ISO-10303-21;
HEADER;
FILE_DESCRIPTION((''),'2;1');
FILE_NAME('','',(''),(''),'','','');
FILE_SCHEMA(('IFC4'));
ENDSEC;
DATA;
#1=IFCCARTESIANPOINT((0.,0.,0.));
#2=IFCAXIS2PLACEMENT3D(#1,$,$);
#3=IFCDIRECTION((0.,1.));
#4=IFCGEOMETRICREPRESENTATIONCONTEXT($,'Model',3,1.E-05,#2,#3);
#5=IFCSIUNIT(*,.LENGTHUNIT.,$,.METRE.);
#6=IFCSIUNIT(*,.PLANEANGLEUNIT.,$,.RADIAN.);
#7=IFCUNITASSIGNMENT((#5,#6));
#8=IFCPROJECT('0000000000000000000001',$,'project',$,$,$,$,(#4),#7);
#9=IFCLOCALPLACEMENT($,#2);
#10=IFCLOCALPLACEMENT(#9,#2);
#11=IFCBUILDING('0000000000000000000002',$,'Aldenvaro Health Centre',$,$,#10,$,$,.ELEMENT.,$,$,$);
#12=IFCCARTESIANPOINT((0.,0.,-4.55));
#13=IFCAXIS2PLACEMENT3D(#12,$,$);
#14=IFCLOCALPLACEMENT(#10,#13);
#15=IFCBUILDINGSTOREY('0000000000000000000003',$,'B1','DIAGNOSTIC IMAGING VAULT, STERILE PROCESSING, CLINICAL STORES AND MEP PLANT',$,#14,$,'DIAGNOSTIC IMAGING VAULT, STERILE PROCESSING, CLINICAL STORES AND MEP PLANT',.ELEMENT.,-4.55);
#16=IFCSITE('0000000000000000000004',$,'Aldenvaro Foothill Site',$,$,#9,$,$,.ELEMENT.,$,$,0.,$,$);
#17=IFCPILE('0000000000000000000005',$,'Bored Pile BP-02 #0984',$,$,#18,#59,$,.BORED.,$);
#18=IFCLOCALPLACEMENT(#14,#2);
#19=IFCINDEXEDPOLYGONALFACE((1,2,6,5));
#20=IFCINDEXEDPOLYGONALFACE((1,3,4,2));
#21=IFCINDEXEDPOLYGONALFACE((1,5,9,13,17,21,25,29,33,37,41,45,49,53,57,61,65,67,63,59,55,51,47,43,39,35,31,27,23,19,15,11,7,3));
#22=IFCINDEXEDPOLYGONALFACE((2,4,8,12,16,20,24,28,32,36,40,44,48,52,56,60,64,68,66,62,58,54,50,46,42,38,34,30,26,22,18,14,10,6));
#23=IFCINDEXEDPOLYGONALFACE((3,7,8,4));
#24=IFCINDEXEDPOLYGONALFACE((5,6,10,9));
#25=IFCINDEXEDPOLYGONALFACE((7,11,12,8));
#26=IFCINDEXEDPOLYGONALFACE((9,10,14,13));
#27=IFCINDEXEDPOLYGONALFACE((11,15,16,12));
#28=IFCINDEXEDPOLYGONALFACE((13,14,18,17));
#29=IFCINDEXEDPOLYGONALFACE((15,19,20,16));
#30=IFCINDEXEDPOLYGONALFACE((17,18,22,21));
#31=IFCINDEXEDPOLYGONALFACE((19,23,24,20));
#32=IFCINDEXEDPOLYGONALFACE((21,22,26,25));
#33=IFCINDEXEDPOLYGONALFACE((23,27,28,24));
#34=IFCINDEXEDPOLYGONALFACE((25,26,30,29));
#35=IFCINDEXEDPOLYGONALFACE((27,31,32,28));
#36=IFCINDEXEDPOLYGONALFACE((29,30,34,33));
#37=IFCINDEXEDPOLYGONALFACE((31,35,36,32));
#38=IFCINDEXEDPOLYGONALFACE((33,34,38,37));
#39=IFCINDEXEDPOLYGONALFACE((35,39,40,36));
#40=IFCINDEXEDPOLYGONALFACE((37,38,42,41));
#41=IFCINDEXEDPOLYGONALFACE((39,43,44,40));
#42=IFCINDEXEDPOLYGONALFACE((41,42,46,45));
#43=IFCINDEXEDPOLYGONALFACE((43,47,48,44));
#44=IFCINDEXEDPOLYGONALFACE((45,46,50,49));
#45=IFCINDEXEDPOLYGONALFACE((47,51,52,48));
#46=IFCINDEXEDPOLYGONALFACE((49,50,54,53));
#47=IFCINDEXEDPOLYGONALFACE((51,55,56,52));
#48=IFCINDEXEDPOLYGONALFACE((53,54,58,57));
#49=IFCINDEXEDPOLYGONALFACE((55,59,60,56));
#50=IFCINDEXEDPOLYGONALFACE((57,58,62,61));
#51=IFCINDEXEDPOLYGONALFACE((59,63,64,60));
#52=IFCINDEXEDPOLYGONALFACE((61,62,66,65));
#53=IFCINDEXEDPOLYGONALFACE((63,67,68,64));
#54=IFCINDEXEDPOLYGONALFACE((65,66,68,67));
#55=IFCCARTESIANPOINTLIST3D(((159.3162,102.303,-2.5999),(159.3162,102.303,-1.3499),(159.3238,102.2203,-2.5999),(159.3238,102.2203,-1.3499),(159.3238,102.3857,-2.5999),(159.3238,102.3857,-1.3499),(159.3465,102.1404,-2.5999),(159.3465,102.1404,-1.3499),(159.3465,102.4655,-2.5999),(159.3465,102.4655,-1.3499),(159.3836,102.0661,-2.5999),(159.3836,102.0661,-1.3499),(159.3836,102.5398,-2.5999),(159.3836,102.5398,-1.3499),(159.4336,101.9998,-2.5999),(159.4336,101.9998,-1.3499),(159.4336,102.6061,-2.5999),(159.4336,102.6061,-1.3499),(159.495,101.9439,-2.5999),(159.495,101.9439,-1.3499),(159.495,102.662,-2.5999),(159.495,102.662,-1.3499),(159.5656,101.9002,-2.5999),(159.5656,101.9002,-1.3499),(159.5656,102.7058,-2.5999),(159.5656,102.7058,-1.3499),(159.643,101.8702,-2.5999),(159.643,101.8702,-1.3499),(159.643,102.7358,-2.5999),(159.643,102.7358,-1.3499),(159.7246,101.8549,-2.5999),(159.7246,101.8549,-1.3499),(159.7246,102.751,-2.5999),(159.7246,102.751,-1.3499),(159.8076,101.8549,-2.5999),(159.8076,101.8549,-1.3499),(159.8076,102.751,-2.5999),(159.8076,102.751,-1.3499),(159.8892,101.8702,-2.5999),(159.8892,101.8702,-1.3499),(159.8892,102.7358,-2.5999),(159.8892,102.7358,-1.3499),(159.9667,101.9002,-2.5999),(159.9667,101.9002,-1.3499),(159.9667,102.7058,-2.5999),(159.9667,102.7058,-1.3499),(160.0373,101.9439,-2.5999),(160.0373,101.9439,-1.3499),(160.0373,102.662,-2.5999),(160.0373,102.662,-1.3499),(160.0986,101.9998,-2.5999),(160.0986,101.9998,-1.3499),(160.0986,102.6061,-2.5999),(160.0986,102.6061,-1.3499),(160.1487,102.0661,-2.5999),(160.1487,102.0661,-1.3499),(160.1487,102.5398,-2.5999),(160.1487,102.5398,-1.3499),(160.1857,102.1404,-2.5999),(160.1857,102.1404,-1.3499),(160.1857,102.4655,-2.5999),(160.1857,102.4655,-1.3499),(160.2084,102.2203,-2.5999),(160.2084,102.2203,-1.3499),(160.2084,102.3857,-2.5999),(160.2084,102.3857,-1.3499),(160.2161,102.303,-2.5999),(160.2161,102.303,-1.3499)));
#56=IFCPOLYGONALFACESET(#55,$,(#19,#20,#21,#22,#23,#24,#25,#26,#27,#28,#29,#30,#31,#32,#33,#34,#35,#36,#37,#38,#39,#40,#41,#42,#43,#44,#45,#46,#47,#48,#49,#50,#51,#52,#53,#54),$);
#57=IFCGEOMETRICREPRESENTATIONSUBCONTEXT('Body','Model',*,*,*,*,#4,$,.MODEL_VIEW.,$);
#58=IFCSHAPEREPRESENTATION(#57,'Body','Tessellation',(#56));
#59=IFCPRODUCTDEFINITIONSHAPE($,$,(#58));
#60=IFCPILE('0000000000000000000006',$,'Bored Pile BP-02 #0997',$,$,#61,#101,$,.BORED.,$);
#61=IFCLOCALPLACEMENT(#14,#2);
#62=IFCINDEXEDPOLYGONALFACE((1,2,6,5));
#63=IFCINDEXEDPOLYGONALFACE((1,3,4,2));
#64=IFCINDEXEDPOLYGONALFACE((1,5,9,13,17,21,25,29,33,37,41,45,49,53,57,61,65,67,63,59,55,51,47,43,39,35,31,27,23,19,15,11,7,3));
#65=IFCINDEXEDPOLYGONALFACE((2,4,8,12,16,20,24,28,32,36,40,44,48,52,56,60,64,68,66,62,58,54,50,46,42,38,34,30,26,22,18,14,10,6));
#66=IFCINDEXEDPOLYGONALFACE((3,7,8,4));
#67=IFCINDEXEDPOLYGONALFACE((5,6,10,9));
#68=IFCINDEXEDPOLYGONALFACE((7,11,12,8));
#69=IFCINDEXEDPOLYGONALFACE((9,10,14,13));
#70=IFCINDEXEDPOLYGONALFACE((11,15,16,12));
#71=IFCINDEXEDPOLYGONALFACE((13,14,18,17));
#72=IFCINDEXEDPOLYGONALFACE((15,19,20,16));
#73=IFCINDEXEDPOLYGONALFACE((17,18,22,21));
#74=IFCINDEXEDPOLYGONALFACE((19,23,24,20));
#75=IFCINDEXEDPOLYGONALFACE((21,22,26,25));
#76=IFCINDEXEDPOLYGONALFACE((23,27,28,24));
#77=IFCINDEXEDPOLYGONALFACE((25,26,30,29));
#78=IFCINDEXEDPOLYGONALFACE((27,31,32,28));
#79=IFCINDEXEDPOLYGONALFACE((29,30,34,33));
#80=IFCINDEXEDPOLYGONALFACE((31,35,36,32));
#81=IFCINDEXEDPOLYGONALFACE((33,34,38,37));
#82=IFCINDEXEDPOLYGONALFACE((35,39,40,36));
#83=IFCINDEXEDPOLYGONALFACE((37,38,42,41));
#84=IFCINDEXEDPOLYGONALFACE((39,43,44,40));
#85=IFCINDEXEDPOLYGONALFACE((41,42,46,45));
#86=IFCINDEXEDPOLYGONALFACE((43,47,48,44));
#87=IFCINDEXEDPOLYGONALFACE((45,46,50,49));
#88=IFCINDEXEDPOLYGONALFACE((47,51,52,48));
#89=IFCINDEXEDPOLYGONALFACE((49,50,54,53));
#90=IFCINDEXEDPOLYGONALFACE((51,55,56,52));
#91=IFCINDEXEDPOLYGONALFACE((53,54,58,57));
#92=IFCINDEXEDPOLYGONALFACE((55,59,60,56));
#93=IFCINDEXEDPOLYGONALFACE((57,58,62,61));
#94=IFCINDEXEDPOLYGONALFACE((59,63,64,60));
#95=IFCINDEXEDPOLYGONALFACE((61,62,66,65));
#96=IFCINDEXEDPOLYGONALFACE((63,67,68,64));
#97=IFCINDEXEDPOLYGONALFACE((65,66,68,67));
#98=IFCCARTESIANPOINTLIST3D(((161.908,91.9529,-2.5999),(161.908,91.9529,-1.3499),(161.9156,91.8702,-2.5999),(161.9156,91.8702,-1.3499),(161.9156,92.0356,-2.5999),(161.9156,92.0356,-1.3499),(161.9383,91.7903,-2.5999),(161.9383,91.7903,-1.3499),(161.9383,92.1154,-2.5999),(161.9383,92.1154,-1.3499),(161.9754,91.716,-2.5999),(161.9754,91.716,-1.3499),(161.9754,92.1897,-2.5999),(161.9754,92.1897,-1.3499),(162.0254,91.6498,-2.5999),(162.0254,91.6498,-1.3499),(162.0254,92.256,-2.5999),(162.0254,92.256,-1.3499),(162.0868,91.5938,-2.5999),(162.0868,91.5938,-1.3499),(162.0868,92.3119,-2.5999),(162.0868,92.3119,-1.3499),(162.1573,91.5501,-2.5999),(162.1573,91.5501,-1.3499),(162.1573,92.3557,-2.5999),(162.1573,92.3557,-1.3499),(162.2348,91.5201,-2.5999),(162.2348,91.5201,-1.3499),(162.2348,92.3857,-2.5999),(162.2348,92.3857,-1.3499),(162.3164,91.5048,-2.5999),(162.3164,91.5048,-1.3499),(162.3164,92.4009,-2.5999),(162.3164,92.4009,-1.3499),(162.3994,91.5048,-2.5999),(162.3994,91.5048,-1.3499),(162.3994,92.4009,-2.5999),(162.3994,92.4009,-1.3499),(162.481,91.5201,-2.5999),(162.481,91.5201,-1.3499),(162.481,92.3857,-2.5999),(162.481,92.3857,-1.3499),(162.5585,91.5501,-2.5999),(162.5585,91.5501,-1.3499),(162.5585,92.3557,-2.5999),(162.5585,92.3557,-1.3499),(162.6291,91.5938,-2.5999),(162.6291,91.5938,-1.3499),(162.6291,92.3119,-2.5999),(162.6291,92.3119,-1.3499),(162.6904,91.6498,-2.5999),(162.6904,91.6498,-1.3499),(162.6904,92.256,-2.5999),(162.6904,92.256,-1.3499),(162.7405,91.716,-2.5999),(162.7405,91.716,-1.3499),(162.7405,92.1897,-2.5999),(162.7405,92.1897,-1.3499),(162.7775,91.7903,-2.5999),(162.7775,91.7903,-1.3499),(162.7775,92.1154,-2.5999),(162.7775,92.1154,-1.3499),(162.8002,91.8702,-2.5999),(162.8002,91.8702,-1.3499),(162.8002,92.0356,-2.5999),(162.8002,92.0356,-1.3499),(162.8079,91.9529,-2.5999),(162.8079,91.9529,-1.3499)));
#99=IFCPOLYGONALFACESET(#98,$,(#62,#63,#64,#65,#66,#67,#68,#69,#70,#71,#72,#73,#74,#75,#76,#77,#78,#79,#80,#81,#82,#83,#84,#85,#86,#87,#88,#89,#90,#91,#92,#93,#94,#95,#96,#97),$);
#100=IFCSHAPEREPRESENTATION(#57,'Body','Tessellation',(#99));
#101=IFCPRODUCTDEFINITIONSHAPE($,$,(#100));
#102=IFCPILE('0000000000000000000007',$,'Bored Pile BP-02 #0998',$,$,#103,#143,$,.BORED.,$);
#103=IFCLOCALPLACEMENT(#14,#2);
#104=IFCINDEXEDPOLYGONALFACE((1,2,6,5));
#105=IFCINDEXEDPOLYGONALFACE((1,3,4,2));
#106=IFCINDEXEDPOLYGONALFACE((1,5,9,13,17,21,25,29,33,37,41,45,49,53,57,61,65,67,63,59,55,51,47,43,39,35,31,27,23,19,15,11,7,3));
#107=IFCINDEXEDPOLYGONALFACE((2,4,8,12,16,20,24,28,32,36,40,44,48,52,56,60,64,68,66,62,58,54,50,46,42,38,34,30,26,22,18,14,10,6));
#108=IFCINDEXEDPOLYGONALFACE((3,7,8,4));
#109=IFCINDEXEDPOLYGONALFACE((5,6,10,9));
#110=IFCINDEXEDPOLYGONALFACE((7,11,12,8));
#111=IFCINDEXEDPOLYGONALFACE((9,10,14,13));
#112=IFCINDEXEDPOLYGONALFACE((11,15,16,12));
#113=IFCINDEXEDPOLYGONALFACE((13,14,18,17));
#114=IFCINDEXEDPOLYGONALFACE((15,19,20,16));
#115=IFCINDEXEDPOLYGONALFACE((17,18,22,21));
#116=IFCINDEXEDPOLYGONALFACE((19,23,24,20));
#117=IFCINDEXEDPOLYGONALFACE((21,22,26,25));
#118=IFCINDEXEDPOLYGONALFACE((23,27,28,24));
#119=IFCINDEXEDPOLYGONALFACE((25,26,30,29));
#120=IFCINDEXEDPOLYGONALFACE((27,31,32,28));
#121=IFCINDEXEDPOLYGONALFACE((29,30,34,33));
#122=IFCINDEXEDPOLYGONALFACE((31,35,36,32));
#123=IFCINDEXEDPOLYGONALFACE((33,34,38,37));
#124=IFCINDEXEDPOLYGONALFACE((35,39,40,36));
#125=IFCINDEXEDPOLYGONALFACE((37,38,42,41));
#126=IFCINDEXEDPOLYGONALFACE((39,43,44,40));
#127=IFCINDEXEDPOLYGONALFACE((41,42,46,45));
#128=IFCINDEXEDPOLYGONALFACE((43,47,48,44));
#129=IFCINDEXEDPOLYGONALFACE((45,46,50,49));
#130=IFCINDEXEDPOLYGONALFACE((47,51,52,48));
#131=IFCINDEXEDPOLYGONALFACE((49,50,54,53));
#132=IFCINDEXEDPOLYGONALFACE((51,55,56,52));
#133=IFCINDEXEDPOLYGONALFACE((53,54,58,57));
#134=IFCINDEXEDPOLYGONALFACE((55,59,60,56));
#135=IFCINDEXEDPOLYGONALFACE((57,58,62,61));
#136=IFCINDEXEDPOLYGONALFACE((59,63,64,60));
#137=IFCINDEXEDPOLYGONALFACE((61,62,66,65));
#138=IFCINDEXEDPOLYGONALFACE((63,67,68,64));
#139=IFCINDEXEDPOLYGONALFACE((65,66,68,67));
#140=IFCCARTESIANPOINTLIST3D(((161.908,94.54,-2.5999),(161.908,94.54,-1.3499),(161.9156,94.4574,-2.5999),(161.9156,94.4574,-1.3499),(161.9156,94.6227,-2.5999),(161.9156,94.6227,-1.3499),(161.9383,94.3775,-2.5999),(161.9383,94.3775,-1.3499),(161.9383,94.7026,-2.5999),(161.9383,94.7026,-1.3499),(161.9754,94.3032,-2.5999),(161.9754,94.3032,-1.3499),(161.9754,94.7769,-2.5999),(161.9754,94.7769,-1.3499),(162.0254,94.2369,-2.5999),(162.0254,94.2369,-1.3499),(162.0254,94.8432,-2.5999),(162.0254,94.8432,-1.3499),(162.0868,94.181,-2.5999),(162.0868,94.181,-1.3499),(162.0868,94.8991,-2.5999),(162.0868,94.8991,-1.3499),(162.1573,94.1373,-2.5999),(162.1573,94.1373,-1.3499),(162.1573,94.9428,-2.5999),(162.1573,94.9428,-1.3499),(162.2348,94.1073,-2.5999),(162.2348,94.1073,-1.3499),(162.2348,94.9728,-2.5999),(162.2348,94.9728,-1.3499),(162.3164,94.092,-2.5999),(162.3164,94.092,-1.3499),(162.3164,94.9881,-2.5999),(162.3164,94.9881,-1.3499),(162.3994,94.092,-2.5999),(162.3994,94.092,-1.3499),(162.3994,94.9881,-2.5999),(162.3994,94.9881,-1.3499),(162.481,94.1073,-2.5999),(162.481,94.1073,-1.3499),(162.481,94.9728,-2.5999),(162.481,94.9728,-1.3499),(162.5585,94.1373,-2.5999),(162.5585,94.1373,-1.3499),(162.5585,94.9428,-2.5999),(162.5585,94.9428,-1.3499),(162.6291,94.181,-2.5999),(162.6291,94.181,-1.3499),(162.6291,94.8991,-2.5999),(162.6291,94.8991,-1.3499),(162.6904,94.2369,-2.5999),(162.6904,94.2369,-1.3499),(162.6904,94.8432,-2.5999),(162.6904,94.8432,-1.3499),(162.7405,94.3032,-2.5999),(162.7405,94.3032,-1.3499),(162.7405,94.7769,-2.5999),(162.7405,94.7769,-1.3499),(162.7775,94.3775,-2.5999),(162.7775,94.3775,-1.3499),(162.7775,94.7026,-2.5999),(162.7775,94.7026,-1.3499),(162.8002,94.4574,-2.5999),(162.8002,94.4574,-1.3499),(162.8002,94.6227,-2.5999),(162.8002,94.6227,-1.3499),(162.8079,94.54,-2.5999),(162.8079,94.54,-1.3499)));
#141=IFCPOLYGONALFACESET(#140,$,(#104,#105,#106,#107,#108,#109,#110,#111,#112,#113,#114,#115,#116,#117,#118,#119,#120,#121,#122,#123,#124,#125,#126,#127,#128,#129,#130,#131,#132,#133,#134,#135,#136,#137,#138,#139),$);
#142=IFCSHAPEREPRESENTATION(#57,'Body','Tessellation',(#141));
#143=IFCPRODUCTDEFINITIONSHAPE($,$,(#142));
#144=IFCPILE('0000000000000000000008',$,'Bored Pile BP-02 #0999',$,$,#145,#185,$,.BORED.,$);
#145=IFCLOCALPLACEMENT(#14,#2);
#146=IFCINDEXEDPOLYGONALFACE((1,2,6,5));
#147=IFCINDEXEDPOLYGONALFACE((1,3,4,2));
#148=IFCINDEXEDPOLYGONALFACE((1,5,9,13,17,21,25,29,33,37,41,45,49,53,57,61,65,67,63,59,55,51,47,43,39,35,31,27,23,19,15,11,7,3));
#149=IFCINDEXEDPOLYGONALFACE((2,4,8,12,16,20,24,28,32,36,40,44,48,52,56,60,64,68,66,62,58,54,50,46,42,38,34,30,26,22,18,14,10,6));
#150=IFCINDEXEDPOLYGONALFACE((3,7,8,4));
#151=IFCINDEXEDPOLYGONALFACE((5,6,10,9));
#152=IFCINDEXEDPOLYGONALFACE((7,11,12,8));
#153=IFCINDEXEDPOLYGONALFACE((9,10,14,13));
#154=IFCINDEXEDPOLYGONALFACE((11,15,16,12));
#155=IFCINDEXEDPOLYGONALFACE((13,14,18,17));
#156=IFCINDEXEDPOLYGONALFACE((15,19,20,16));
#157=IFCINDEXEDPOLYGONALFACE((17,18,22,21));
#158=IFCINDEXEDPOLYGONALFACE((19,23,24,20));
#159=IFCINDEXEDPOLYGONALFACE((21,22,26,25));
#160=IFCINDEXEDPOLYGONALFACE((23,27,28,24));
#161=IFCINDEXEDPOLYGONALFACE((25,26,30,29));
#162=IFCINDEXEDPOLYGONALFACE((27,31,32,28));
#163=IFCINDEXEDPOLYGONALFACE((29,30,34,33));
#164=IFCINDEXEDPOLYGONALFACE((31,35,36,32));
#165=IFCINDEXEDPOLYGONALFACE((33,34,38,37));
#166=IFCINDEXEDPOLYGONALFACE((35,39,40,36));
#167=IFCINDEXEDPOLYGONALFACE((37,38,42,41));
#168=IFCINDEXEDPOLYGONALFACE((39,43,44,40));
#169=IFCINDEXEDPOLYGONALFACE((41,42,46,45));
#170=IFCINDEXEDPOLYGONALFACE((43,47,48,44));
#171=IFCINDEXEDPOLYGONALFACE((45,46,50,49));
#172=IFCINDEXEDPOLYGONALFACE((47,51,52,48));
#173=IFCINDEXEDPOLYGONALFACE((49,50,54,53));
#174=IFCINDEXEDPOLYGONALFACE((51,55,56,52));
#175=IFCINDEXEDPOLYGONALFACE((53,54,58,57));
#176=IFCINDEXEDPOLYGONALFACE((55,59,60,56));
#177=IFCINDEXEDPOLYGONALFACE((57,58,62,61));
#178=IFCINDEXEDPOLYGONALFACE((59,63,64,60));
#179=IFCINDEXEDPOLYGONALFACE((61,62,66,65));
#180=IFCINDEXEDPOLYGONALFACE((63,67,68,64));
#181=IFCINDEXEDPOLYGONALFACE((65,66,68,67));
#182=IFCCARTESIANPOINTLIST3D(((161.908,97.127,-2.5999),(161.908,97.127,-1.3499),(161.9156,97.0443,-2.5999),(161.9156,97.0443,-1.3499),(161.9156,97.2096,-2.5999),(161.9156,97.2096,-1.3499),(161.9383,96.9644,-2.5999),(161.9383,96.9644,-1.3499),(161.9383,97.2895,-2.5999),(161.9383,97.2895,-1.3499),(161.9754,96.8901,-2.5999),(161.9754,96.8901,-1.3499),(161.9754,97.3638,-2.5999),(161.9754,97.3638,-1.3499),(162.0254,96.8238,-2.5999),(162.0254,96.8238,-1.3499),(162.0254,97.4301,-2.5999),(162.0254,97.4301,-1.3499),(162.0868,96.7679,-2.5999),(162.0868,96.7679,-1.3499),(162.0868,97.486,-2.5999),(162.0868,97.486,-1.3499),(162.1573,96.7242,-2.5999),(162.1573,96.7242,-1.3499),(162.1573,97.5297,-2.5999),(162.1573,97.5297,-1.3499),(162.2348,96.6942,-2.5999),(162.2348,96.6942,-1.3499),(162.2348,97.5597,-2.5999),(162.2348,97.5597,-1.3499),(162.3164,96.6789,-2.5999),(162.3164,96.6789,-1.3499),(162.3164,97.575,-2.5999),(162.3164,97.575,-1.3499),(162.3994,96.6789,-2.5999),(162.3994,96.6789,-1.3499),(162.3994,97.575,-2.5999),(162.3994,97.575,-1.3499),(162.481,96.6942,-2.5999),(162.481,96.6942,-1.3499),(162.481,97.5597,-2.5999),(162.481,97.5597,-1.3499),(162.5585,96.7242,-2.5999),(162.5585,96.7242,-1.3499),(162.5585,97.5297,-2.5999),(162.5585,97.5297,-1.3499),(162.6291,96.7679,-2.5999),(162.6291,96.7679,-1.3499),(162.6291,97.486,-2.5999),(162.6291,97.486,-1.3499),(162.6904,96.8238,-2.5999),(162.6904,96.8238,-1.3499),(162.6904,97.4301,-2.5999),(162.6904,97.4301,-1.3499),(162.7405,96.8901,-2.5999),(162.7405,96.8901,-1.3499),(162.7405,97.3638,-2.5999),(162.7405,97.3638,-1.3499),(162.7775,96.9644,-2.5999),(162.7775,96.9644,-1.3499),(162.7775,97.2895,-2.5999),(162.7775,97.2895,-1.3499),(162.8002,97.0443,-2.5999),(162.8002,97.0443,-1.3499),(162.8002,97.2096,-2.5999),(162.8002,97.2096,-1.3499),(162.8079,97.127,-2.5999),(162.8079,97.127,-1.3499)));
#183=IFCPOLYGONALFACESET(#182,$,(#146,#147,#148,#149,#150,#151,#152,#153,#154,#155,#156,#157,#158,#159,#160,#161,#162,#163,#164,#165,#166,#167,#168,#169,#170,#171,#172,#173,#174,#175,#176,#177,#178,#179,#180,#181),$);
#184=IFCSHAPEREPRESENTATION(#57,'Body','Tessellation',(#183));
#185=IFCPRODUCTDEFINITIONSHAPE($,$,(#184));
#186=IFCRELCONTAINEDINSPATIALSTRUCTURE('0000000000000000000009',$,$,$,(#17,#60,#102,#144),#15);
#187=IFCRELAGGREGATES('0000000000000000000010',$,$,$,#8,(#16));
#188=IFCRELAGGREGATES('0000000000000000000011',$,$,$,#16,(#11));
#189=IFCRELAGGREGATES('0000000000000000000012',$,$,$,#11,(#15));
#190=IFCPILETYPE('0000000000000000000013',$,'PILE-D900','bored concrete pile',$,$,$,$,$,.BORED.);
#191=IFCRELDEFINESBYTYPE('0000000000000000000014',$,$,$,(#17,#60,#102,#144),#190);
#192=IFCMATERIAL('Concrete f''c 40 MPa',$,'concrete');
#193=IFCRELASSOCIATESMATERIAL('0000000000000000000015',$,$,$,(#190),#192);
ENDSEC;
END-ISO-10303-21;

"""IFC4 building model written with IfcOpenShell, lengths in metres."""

from ifc_helpers import new_model, si_unit, direction, frame, origin, origin_2d, place, context, subcontext, project, spatial, circle, extrude, material, material_profile, profile_set, type_object, element, save


model = new_model("IFC4")

# Units and contexts
model_context = context("Model", 3, precision=1e-05, world=origin(), true_north=direction((0.0, 1.0)))
body_context = subcontext(model_context, "Body", "Model", "MODEL_VIEW")
ifc_project = project(units=[si_unit("LENGTHUNIT", "METRE"), si_unit("PLANEANGLEUNIT", "RADIAN")], contexts=[model_context])

# Site, building, storey
site_placement = place(None, origin())
site = spatial("IfcSite", under=ifc_project, at=site_placement, Name="Aldenvaro Foothill Site", CompositionType="ELEMENT", RefElevation=0.0)
building_placement = place(site_placement, origin())
building = spatial("IfcBuilding", under=site, at=building_placement, Name="Aldenvaro Health Centre", CompositionType="ELEMENT")
storey_placement = place(building_placement, frame((0.0, 0.0, -4.55)))
storey = spatial("IfcBuildingStorey", under=building, at=storey_placement, Name="B1", Description="DIAGNOSTIC IMAGING VAULT, STERILE PROCESSING, CLINICAL STORES AND MEP PLANT", LongName="DIAGNOSTIC IMAGING VAULT, STERILE PROCESSING, CLINICAL STORES AND MEP PLANT", CompositionType="ELEMENT", Elevation=-4.55)

# Piles
ifc_material_1 = material(Name="Concrete f'c 40 MPa", Category="concrete")
ifc_material_profile_1 = material_profile(ifc_material_1, circle(Radius=0.45, at=origin_2d()), Name="PILE D900", Category="concrete")
ifc_profile_set_1 = profile_set([ifc_material_profile_1], Name="Concrete f'c 40 MPa")
pile_type = type_object("IfcPileType", Name="PILE-D900", Description="bored concrete pile", PredefinedType="BORED", material=ifc_profile_set_1)
for number, where, z_axis, x_axis, name in (
    (1, (159.7661, 102.303, -1.3499), (0.0, 0.0, -1.0), (1.0, 0.0, 0.0), "Bored Pile BP-02 #0984"),
    (2, (162.3579, 91.9529, -1.3499), (0.0, 0.0, -1.0), (1.0, 0.0, 0.0), "Bored Pile BP-02 #0997"),
    (3, (162.3579, 94.54, -1.3499), (0.0, 0.0, -1.0), (1.0, 0.0, 0.0), "Bored Pile BP-02 #0998"),
    (4, (162.3579, 97.127, -1.3499), (0.0, 0.0, -1.0), (1.0, 0.0, 0.0), "Bored Pile BP-02 #0999"),
):
    element("IfcPile", number, at=place(storey_placement, frame(where, z_axis=z_axis, x_axis=x_axis)), inside=storey, type_object=pile_type, Name=name, PredefinedType="BORED", context=body_context, shape_type="SweptSolid", body=[
        extrude(circle(Radius=0.45, at=origin_2d()), origin(), (0.0, 0.0, 1.0), 1.25),
    ])

save(model, "model.ifc")
